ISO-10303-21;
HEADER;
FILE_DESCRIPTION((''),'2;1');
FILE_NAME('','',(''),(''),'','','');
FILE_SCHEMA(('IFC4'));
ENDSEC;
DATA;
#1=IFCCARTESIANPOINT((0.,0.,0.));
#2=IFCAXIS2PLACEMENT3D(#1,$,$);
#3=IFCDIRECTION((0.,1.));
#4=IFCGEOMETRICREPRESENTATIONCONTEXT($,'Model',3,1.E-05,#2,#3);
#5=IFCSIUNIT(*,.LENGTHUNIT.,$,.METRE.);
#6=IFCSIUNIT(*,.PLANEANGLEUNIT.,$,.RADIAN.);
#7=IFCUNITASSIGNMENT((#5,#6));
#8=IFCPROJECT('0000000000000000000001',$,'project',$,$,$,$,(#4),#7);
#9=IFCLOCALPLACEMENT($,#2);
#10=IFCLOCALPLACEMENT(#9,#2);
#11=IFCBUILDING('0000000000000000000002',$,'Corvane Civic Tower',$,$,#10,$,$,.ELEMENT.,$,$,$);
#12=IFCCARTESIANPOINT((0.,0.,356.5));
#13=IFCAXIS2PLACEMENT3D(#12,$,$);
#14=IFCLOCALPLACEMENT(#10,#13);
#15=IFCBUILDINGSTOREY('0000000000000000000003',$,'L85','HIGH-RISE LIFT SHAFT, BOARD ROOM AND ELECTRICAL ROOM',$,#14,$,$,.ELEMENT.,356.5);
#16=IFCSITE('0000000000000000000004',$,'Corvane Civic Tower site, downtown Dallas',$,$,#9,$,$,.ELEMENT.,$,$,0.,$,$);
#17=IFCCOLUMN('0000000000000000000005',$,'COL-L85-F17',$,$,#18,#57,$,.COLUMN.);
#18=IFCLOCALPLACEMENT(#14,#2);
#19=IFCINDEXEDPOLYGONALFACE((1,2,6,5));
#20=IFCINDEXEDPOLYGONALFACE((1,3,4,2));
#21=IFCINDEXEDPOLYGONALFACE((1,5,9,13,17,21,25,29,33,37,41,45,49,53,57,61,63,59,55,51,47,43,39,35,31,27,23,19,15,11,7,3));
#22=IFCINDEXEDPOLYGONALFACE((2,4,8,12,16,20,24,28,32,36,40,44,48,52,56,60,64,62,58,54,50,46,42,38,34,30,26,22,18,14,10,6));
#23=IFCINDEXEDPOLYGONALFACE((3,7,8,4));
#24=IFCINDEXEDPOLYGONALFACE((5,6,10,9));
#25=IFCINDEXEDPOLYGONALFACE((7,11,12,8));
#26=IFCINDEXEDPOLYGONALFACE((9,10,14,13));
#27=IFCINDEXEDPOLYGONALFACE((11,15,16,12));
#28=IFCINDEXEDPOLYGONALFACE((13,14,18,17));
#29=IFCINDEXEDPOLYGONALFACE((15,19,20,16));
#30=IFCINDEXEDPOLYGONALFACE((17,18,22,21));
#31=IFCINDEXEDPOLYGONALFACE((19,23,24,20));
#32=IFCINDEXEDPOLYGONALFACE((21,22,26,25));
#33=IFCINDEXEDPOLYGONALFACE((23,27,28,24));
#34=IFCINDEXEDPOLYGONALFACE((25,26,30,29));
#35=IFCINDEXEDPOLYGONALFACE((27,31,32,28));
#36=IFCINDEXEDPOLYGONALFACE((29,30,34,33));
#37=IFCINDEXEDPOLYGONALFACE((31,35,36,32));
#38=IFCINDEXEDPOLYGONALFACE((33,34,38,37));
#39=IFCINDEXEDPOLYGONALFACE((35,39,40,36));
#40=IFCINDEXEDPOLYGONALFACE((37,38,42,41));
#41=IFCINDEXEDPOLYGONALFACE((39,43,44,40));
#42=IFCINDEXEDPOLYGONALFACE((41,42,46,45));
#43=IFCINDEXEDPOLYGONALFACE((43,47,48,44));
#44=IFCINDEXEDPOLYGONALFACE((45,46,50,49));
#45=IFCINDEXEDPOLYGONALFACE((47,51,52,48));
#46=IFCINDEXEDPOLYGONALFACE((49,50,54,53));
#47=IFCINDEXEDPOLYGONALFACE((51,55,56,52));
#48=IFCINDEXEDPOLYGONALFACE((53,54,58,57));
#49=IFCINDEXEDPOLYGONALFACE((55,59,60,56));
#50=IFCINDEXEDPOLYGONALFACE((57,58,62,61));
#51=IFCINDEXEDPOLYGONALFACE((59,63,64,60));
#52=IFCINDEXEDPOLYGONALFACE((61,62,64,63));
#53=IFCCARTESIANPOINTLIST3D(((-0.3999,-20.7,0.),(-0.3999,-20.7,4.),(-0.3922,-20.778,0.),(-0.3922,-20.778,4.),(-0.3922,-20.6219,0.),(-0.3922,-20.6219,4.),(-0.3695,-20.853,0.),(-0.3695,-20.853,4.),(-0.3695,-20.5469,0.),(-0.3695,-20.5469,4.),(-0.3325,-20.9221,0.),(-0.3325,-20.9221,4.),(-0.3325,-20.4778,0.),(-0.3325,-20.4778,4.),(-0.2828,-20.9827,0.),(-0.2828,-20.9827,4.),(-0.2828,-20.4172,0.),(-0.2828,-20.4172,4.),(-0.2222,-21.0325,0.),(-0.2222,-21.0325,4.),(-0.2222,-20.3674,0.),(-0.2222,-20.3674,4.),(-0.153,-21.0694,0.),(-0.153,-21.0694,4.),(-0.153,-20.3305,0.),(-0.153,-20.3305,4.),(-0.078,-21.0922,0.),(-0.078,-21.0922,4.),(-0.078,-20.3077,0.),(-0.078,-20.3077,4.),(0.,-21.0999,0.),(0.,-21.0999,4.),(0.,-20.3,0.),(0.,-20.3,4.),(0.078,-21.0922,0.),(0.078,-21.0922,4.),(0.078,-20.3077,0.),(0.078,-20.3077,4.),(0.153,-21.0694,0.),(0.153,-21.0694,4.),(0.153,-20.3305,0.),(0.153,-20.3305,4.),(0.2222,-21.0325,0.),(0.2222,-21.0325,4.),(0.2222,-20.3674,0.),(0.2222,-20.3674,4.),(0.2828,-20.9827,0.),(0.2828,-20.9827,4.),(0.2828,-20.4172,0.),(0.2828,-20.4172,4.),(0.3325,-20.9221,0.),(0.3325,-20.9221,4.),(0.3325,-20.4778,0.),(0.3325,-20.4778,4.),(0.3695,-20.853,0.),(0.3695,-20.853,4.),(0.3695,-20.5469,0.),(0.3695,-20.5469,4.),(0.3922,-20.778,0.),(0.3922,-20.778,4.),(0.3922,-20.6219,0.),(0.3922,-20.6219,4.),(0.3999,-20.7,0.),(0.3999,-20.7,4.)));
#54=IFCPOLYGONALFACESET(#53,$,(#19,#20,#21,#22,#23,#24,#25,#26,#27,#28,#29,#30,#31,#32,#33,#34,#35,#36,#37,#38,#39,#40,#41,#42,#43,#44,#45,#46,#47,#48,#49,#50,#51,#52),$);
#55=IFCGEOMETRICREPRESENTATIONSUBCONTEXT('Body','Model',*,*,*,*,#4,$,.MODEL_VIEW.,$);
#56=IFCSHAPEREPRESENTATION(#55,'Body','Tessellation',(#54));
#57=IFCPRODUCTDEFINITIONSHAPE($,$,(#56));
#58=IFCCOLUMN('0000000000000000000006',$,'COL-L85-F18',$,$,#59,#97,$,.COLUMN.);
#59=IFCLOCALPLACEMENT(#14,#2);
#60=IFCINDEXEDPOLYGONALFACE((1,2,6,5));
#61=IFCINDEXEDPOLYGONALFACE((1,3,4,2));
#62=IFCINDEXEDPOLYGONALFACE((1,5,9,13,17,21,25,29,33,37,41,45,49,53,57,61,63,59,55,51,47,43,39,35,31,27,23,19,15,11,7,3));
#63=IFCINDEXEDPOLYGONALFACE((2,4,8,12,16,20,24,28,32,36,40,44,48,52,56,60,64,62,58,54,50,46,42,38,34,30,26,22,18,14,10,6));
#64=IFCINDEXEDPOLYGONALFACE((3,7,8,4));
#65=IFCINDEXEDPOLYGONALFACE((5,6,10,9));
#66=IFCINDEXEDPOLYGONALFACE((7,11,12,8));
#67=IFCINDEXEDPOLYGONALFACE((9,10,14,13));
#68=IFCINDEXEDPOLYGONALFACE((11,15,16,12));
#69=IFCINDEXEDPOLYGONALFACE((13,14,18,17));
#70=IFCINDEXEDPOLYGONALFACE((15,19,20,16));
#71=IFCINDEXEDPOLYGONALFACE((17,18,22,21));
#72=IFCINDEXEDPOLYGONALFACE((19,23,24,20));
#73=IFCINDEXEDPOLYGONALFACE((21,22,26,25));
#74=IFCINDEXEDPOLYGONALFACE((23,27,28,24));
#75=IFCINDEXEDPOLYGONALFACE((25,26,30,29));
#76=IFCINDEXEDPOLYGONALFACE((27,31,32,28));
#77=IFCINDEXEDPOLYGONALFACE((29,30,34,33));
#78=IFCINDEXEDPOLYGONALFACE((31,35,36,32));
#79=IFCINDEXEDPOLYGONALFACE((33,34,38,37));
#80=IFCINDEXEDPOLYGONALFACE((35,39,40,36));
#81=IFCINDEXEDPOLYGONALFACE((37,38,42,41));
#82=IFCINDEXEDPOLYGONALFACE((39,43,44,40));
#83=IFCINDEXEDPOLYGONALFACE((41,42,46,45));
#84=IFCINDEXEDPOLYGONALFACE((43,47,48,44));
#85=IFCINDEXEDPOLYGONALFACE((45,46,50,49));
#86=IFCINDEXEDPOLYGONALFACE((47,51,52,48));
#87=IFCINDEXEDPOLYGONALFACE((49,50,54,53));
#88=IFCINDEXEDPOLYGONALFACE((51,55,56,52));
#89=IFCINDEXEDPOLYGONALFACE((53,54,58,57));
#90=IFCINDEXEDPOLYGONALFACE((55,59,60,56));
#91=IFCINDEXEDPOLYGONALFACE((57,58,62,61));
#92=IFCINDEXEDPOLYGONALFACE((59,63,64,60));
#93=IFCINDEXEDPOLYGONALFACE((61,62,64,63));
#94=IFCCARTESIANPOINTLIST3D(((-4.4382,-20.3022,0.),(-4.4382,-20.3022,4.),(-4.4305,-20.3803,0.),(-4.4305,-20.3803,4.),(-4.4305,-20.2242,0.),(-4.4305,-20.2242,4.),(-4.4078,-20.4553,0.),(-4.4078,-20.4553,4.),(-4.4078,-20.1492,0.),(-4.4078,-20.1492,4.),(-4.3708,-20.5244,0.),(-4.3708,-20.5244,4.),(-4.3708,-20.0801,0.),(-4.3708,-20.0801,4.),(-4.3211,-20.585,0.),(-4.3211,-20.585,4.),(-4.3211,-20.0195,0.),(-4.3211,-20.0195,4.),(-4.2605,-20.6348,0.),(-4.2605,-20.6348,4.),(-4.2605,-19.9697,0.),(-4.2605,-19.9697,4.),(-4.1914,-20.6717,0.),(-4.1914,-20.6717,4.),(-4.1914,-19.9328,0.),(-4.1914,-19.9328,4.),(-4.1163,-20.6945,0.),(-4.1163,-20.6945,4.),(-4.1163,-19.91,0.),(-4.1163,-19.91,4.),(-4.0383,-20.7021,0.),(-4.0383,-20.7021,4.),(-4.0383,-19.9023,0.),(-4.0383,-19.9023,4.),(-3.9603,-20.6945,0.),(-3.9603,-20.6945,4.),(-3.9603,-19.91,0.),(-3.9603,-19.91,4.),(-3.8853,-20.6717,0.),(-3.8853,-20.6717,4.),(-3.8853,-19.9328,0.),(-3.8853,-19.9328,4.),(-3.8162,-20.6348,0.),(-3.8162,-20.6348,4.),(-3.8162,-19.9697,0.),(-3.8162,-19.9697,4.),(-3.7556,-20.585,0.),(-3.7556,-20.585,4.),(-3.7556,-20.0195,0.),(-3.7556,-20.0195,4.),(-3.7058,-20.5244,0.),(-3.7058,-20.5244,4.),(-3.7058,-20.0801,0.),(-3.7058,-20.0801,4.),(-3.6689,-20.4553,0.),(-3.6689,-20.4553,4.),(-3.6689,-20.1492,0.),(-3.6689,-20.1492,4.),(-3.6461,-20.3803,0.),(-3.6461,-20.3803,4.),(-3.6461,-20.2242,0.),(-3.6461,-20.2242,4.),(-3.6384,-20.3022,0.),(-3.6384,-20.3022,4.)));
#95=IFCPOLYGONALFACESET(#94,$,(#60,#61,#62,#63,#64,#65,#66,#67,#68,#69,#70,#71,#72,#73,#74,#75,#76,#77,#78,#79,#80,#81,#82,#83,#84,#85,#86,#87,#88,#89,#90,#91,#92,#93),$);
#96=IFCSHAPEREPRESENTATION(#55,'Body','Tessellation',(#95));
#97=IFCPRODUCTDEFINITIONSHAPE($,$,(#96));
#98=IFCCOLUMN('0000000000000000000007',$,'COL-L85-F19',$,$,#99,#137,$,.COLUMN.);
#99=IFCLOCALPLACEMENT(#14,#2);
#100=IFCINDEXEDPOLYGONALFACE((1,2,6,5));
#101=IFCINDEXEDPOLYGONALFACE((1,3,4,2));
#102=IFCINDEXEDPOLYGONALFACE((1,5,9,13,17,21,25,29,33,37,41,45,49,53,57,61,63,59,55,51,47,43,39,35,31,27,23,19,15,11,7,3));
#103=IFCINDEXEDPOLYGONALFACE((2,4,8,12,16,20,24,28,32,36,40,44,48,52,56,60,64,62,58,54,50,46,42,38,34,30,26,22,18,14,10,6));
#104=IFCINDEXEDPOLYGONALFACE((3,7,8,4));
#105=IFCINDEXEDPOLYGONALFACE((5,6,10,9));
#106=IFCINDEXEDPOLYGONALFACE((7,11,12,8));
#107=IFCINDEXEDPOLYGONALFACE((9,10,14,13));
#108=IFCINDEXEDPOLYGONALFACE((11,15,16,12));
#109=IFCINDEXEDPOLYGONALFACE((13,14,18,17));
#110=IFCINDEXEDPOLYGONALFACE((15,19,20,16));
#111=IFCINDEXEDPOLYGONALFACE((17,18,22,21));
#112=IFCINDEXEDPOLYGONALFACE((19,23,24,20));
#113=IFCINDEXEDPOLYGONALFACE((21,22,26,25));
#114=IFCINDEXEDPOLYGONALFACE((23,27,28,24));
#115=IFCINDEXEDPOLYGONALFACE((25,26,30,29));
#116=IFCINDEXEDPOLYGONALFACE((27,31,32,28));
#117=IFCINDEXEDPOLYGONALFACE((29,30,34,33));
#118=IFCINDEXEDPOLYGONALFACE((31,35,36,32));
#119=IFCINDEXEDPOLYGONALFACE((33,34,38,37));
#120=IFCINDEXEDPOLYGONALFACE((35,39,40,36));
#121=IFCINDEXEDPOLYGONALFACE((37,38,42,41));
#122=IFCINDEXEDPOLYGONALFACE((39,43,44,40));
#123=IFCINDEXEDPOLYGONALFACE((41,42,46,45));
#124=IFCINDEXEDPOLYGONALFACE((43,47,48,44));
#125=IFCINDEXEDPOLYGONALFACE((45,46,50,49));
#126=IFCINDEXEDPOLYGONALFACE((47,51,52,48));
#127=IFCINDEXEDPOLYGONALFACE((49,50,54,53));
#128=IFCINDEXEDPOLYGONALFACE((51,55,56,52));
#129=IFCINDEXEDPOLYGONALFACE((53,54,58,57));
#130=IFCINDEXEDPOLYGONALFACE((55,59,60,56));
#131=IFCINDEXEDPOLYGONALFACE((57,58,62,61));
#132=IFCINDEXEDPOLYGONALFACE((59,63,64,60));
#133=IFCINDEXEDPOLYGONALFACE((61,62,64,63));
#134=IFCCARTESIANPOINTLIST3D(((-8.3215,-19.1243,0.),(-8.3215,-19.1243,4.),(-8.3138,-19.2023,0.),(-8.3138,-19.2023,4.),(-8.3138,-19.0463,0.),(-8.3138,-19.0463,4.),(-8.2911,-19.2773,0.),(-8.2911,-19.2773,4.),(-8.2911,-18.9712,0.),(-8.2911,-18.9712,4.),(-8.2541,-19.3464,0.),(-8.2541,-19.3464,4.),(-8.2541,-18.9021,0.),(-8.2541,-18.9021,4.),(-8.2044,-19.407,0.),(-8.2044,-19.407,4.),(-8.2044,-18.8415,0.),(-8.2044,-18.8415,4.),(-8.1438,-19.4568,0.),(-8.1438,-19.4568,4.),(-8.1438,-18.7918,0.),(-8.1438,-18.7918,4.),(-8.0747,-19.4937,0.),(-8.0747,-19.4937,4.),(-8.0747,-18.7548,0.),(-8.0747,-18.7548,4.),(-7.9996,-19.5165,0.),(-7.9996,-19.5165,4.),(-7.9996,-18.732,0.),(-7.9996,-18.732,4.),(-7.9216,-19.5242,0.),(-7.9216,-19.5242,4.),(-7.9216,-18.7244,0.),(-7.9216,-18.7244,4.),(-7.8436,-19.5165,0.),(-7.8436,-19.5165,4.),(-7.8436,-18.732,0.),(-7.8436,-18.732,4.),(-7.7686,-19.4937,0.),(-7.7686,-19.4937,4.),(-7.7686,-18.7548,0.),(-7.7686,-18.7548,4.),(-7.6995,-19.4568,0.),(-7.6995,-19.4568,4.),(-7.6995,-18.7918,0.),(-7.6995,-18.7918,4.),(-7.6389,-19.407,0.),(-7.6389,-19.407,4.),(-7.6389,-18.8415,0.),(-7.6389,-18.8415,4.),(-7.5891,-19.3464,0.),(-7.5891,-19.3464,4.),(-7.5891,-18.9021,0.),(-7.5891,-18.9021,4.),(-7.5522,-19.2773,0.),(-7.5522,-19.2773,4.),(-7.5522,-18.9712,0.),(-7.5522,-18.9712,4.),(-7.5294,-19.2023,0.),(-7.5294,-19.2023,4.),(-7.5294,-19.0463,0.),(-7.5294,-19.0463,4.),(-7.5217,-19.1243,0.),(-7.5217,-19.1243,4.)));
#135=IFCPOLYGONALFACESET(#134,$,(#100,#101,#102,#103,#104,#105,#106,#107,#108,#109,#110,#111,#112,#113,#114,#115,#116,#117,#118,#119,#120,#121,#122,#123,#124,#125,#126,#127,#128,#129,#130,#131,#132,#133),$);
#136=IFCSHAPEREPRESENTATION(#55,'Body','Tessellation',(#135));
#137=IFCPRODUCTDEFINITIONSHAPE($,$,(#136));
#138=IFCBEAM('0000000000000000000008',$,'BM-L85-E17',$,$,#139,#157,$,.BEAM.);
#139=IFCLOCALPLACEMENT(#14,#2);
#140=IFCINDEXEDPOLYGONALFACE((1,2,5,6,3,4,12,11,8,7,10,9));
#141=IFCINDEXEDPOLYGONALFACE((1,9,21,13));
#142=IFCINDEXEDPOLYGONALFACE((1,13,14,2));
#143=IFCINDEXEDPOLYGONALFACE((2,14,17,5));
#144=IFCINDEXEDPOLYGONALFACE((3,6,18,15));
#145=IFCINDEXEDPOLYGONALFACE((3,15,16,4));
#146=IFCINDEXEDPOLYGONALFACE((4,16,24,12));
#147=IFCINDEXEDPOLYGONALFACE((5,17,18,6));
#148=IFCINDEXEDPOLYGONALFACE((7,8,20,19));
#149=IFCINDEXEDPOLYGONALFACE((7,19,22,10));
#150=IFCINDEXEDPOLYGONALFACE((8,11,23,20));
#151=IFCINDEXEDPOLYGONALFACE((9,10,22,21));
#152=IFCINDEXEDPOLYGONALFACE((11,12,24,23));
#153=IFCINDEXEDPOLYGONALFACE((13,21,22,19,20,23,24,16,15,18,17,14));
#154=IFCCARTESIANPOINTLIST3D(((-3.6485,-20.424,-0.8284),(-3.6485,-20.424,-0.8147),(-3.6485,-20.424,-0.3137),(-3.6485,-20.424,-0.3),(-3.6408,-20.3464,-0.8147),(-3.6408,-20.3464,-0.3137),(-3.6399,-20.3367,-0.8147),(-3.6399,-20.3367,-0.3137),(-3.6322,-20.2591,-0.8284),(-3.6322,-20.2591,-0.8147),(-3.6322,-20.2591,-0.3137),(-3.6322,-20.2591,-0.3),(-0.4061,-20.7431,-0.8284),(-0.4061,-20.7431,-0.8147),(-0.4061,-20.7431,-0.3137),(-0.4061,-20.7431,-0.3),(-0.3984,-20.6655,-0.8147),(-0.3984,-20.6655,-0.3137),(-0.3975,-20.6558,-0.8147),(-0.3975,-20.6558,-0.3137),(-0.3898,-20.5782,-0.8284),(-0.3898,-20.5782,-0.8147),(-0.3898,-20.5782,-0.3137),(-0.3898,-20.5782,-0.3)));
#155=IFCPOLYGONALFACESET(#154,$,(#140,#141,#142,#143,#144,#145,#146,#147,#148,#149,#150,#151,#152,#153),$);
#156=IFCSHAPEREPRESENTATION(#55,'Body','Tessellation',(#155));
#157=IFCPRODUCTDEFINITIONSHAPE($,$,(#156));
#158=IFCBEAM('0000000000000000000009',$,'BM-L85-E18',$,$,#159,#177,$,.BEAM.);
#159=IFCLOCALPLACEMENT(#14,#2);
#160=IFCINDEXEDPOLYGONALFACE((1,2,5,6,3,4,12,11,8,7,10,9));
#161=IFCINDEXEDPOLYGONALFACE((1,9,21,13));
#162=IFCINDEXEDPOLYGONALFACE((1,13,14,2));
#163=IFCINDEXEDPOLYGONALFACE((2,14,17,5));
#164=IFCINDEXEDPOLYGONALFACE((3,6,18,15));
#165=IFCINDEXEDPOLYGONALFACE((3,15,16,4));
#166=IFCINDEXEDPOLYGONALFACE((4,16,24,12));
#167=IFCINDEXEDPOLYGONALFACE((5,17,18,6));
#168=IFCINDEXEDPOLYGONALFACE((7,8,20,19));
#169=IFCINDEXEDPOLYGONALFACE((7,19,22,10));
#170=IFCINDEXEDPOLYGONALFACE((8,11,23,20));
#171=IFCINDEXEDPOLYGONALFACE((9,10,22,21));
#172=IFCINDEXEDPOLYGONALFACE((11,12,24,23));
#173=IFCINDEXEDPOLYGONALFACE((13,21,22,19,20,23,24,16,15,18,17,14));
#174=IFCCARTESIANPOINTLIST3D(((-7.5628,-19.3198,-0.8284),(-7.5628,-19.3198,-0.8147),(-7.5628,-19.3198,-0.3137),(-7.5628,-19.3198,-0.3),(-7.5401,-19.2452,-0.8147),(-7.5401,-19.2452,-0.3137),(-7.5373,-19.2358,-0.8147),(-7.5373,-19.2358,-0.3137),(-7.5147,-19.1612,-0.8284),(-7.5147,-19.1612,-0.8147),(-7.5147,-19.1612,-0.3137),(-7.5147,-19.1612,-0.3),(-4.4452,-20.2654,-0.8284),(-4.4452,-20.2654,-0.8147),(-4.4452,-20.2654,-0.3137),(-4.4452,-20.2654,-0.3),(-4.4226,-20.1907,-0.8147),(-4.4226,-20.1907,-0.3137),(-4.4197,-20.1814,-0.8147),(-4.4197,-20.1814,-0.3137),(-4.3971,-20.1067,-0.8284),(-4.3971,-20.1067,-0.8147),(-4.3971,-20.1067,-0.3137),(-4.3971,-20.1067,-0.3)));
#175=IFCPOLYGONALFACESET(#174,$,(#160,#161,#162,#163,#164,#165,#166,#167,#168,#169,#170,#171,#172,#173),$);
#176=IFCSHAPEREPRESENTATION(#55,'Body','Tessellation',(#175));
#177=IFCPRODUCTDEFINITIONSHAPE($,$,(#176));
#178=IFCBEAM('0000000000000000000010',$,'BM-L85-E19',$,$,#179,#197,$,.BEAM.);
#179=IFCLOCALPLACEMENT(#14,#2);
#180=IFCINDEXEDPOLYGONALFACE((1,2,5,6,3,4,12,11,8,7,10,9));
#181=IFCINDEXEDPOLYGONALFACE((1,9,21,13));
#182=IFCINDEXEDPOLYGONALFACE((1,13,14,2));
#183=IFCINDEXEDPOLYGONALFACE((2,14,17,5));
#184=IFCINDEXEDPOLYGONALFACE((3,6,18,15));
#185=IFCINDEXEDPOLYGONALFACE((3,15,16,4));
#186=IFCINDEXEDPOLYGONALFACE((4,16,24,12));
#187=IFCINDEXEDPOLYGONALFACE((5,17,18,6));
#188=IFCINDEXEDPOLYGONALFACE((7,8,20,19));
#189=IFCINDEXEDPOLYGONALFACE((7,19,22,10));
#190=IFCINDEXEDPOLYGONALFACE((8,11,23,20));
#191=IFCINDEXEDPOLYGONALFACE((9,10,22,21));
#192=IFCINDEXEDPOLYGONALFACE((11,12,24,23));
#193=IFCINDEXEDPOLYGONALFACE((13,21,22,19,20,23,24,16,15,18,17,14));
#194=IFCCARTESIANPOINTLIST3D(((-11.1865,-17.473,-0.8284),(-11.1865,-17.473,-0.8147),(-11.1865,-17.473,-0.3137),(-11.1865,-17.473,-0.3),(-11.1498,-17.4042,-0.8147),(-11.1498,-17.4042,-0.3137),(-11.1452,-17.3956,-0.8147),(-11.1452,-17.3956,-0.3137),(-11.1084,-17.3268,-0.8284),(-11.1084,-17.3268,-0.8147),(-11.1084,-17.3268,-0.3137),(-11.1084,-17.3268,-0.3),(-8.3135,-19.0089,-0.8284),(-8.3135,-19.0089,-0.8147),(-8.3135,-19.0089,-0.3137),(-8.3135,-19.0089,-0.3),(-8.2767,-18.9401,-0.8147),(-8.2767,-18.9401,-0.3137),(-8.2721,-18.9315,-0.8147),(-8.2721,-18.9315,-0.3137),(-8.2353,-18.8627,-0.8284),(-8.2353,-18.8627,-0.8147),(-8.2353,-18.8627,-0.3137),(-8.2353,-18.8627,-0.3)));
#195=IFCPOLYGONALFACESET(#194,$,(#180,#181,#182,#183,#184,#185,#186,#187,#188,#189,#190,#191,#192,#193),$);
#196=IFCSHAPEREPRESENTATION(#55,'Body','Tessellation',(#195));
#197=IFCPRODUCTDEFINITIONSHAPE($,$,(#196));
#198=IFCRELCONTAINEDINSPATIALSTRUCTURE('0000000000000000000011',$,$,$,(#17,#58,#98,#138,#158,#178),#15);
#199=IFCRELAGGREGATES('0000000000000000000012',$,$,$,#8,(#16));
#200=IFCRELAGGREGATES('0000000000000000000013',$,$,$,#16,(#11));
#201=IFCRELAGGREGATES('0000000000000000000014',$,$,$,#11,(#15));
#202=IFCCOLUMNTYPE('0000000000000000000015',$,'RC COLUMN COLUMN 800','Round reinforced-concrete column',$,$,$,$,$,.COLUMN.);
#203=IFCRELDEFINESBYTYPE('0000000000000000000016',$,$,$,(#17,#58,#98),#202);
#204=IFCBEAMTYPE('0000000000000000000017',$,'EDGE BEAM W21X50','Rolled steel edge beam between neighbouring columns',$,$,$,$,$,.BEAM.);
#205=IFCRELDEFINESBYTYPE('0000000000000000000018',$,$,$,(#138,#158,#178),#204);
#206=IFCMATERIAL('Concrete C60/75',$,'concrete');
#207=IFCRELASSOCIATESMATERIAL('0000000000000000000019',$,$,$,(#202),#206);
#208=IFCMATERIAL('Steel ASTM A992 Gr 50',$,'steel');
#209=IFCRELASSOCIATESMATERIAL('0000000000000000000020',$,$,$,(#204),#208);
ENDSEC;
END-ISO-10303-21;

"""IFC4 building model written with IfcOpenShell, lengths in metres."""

from ifc_helpers import new_model, si_unit, direction, frame, origin, origin_2d, place, context, subcontext, project, spatial, circle, i_section, extrude, material, material_profile, profile_set, type_object, element, save


model = new_model("IFC4")

# Units and contexts
model_context = context("Model", 3, precision=1e-05, world=origin(), true_north=direction((0.0, 1.0)))
body_context = subcontext(model_context, "Body", "Model", "MODEL_VIEW")
ifc_project = project(units=[si_unit("LENGTHUNIT", "METRE"), si_unit("PLANEANGLEUNIT", "RADIAN")], contexts=[model_context])

# Site, building, storey
site_placement = place(None, origin())
site = spatial("IfcSite", under=ifc_project, at=site_placement, Name="Corvane Civic Tower site, downtown Dallas", CompositionType="ELEMENT", RefElevation=0.0)
building_placement = place(site_placement, origin())
building = spatial("IfcBuilding", under=site, at=building_placement, Name="Corvane Civic Tower", CompositionType="ELEMENT")
storey_placement = place(building_placement, frame((0.0, 0.0, 356.5)))
storey = spatial("IfcBuildingStorey", under=building, at=storey_placement, Name="L85", Description="HIGH-RISE LIFT SHAFT, BOARD ROOM AND ELECTRICAL ROOM", CompositionType="ELEMENT", Elevation=356.5)

# Columns
ifc_material_1 = material(Name="Concrete C60/75", Category="concrete")
ifc_material_profile_1 = material_profile(ifc_material_1, circle(Radius=0.3999, at=origin_2d()), Name="COLUMN 800")
ifc_profile_set_1 = profile_set([ifc_material_profile_1], Name="Concrete C60/75")
column_type = type_object("IfcColumnType", Name="RC COLUMN COLUMN 800", Description="Round reinforced-concrete column", PredefinedType="COLUMN", material=ifc_profile_set_1)
for number, where, z_axis, x_axis, name in (
    (1, (0.0, -20.7, 0.0), (0.0, 0.0, 1.0), (1.0, 0.0, 0.0), "COL-L85-F17"),
    (2, (-4.0383, -20.3022, 0.0), (0.0, 0.0, 1.0), (1.0, 0.0, 0.0), "COL-L85-F18"),
    (3, (-7.9216, -19.1243, 0.0), (0.0, 0.0, 1.0), (1.0, 0.0, 0.0), "COL-L85-F19"),
):
    element("IfcColumn", number, at=place(storey_placement, frame(where, z_axis=z_axis, x_axis=x_axis)), inside=storey, type_object=column_type, Name=name, PredefinedType="COLUMN", context=body_context, shape_type="SweptSolid", body=[
        extrude(circle(Radius=0.3999, at=origin_2d()), origin(), (0.0, 0.0, 1.0), 4.0),
    ])

# Beams
ifc_material_2 = material(Name="Steel ASTM A992 Gr 50", Category="steel")
ifc_material_profile_2 = material_profile(ifc_material_2, i_section(OverallWidth=0.1658, OverallDepth=0.5283, WebThickness=0.0098, FlangeThickness=0.0137, at=origin_2d()), Name="W21X50")
ifc_profile_set_2 = profile_set([ifc_material_profile_2], Name="Steel ASTM A992 Gr 50")
beam_type_1 = type_object("IfcBeamType", Name="EDGE BEAM W21X50", Description="Rolled steel edge beam between neighbouring columns", PredefinedType="BEAM", material=ifc_profile_set_2)
beam_1_placement = place(storey_placement, frame((-0.3979, -20.6606, -0.5642), z_axis=(-0.995193, 0.097938, 0.0), x_axis=(-0.097938, -0.995193, 0.0)))
element("IfcBeam", 4, at=beam_1_placement, inside=storey, type_object=beam_type_1, Name="BM-L85-E17", PredefinedType="BEAM", context=body_context, shape_type="SweptSolid", body=[
    extrude(i_section(OverallWidth=0.1658, OverallDepth=0.5283, WebThickness=0.0098, FlangeThickness=0.0137, at=origin_2d()), origin(), (0.0, 0.0, 1.0), 3.2581),
])
for number, where, z_axis, x_axis, name in (
    (5, (-4.4211, -20.186, -0.5642), (-0.956956, 0.290234, 0.0), (-0.290234, -0.956956, 0.0), "BM-L85-E18"),
    (6, (-8.2744, -18.9358, -0.5642), (-0.881894, 0.471448, 0.0), (-0.471448, -0.881894, 0.0), "BM-L85-E19"),
):
    element("IfcBeam", number, at=place(storey_placement, frame(where, z_axis=z_axis, x_axis=x_axis)), inside=storey, type_object=beam_type_1, Name=name, PredefinedType="BEAM", context=body_context, shape_type="SweptSolid", body=[
        extrude(i_section(OverallWidth=0.1658, OverallDepth=0.5283, WebThickness=0.0098, FlangeThickness=0.0137, at=origin_2d()), origin(), (0.0, 0.0, 1.0), 3.2578),
    ])

save(model, "model.ifc")
